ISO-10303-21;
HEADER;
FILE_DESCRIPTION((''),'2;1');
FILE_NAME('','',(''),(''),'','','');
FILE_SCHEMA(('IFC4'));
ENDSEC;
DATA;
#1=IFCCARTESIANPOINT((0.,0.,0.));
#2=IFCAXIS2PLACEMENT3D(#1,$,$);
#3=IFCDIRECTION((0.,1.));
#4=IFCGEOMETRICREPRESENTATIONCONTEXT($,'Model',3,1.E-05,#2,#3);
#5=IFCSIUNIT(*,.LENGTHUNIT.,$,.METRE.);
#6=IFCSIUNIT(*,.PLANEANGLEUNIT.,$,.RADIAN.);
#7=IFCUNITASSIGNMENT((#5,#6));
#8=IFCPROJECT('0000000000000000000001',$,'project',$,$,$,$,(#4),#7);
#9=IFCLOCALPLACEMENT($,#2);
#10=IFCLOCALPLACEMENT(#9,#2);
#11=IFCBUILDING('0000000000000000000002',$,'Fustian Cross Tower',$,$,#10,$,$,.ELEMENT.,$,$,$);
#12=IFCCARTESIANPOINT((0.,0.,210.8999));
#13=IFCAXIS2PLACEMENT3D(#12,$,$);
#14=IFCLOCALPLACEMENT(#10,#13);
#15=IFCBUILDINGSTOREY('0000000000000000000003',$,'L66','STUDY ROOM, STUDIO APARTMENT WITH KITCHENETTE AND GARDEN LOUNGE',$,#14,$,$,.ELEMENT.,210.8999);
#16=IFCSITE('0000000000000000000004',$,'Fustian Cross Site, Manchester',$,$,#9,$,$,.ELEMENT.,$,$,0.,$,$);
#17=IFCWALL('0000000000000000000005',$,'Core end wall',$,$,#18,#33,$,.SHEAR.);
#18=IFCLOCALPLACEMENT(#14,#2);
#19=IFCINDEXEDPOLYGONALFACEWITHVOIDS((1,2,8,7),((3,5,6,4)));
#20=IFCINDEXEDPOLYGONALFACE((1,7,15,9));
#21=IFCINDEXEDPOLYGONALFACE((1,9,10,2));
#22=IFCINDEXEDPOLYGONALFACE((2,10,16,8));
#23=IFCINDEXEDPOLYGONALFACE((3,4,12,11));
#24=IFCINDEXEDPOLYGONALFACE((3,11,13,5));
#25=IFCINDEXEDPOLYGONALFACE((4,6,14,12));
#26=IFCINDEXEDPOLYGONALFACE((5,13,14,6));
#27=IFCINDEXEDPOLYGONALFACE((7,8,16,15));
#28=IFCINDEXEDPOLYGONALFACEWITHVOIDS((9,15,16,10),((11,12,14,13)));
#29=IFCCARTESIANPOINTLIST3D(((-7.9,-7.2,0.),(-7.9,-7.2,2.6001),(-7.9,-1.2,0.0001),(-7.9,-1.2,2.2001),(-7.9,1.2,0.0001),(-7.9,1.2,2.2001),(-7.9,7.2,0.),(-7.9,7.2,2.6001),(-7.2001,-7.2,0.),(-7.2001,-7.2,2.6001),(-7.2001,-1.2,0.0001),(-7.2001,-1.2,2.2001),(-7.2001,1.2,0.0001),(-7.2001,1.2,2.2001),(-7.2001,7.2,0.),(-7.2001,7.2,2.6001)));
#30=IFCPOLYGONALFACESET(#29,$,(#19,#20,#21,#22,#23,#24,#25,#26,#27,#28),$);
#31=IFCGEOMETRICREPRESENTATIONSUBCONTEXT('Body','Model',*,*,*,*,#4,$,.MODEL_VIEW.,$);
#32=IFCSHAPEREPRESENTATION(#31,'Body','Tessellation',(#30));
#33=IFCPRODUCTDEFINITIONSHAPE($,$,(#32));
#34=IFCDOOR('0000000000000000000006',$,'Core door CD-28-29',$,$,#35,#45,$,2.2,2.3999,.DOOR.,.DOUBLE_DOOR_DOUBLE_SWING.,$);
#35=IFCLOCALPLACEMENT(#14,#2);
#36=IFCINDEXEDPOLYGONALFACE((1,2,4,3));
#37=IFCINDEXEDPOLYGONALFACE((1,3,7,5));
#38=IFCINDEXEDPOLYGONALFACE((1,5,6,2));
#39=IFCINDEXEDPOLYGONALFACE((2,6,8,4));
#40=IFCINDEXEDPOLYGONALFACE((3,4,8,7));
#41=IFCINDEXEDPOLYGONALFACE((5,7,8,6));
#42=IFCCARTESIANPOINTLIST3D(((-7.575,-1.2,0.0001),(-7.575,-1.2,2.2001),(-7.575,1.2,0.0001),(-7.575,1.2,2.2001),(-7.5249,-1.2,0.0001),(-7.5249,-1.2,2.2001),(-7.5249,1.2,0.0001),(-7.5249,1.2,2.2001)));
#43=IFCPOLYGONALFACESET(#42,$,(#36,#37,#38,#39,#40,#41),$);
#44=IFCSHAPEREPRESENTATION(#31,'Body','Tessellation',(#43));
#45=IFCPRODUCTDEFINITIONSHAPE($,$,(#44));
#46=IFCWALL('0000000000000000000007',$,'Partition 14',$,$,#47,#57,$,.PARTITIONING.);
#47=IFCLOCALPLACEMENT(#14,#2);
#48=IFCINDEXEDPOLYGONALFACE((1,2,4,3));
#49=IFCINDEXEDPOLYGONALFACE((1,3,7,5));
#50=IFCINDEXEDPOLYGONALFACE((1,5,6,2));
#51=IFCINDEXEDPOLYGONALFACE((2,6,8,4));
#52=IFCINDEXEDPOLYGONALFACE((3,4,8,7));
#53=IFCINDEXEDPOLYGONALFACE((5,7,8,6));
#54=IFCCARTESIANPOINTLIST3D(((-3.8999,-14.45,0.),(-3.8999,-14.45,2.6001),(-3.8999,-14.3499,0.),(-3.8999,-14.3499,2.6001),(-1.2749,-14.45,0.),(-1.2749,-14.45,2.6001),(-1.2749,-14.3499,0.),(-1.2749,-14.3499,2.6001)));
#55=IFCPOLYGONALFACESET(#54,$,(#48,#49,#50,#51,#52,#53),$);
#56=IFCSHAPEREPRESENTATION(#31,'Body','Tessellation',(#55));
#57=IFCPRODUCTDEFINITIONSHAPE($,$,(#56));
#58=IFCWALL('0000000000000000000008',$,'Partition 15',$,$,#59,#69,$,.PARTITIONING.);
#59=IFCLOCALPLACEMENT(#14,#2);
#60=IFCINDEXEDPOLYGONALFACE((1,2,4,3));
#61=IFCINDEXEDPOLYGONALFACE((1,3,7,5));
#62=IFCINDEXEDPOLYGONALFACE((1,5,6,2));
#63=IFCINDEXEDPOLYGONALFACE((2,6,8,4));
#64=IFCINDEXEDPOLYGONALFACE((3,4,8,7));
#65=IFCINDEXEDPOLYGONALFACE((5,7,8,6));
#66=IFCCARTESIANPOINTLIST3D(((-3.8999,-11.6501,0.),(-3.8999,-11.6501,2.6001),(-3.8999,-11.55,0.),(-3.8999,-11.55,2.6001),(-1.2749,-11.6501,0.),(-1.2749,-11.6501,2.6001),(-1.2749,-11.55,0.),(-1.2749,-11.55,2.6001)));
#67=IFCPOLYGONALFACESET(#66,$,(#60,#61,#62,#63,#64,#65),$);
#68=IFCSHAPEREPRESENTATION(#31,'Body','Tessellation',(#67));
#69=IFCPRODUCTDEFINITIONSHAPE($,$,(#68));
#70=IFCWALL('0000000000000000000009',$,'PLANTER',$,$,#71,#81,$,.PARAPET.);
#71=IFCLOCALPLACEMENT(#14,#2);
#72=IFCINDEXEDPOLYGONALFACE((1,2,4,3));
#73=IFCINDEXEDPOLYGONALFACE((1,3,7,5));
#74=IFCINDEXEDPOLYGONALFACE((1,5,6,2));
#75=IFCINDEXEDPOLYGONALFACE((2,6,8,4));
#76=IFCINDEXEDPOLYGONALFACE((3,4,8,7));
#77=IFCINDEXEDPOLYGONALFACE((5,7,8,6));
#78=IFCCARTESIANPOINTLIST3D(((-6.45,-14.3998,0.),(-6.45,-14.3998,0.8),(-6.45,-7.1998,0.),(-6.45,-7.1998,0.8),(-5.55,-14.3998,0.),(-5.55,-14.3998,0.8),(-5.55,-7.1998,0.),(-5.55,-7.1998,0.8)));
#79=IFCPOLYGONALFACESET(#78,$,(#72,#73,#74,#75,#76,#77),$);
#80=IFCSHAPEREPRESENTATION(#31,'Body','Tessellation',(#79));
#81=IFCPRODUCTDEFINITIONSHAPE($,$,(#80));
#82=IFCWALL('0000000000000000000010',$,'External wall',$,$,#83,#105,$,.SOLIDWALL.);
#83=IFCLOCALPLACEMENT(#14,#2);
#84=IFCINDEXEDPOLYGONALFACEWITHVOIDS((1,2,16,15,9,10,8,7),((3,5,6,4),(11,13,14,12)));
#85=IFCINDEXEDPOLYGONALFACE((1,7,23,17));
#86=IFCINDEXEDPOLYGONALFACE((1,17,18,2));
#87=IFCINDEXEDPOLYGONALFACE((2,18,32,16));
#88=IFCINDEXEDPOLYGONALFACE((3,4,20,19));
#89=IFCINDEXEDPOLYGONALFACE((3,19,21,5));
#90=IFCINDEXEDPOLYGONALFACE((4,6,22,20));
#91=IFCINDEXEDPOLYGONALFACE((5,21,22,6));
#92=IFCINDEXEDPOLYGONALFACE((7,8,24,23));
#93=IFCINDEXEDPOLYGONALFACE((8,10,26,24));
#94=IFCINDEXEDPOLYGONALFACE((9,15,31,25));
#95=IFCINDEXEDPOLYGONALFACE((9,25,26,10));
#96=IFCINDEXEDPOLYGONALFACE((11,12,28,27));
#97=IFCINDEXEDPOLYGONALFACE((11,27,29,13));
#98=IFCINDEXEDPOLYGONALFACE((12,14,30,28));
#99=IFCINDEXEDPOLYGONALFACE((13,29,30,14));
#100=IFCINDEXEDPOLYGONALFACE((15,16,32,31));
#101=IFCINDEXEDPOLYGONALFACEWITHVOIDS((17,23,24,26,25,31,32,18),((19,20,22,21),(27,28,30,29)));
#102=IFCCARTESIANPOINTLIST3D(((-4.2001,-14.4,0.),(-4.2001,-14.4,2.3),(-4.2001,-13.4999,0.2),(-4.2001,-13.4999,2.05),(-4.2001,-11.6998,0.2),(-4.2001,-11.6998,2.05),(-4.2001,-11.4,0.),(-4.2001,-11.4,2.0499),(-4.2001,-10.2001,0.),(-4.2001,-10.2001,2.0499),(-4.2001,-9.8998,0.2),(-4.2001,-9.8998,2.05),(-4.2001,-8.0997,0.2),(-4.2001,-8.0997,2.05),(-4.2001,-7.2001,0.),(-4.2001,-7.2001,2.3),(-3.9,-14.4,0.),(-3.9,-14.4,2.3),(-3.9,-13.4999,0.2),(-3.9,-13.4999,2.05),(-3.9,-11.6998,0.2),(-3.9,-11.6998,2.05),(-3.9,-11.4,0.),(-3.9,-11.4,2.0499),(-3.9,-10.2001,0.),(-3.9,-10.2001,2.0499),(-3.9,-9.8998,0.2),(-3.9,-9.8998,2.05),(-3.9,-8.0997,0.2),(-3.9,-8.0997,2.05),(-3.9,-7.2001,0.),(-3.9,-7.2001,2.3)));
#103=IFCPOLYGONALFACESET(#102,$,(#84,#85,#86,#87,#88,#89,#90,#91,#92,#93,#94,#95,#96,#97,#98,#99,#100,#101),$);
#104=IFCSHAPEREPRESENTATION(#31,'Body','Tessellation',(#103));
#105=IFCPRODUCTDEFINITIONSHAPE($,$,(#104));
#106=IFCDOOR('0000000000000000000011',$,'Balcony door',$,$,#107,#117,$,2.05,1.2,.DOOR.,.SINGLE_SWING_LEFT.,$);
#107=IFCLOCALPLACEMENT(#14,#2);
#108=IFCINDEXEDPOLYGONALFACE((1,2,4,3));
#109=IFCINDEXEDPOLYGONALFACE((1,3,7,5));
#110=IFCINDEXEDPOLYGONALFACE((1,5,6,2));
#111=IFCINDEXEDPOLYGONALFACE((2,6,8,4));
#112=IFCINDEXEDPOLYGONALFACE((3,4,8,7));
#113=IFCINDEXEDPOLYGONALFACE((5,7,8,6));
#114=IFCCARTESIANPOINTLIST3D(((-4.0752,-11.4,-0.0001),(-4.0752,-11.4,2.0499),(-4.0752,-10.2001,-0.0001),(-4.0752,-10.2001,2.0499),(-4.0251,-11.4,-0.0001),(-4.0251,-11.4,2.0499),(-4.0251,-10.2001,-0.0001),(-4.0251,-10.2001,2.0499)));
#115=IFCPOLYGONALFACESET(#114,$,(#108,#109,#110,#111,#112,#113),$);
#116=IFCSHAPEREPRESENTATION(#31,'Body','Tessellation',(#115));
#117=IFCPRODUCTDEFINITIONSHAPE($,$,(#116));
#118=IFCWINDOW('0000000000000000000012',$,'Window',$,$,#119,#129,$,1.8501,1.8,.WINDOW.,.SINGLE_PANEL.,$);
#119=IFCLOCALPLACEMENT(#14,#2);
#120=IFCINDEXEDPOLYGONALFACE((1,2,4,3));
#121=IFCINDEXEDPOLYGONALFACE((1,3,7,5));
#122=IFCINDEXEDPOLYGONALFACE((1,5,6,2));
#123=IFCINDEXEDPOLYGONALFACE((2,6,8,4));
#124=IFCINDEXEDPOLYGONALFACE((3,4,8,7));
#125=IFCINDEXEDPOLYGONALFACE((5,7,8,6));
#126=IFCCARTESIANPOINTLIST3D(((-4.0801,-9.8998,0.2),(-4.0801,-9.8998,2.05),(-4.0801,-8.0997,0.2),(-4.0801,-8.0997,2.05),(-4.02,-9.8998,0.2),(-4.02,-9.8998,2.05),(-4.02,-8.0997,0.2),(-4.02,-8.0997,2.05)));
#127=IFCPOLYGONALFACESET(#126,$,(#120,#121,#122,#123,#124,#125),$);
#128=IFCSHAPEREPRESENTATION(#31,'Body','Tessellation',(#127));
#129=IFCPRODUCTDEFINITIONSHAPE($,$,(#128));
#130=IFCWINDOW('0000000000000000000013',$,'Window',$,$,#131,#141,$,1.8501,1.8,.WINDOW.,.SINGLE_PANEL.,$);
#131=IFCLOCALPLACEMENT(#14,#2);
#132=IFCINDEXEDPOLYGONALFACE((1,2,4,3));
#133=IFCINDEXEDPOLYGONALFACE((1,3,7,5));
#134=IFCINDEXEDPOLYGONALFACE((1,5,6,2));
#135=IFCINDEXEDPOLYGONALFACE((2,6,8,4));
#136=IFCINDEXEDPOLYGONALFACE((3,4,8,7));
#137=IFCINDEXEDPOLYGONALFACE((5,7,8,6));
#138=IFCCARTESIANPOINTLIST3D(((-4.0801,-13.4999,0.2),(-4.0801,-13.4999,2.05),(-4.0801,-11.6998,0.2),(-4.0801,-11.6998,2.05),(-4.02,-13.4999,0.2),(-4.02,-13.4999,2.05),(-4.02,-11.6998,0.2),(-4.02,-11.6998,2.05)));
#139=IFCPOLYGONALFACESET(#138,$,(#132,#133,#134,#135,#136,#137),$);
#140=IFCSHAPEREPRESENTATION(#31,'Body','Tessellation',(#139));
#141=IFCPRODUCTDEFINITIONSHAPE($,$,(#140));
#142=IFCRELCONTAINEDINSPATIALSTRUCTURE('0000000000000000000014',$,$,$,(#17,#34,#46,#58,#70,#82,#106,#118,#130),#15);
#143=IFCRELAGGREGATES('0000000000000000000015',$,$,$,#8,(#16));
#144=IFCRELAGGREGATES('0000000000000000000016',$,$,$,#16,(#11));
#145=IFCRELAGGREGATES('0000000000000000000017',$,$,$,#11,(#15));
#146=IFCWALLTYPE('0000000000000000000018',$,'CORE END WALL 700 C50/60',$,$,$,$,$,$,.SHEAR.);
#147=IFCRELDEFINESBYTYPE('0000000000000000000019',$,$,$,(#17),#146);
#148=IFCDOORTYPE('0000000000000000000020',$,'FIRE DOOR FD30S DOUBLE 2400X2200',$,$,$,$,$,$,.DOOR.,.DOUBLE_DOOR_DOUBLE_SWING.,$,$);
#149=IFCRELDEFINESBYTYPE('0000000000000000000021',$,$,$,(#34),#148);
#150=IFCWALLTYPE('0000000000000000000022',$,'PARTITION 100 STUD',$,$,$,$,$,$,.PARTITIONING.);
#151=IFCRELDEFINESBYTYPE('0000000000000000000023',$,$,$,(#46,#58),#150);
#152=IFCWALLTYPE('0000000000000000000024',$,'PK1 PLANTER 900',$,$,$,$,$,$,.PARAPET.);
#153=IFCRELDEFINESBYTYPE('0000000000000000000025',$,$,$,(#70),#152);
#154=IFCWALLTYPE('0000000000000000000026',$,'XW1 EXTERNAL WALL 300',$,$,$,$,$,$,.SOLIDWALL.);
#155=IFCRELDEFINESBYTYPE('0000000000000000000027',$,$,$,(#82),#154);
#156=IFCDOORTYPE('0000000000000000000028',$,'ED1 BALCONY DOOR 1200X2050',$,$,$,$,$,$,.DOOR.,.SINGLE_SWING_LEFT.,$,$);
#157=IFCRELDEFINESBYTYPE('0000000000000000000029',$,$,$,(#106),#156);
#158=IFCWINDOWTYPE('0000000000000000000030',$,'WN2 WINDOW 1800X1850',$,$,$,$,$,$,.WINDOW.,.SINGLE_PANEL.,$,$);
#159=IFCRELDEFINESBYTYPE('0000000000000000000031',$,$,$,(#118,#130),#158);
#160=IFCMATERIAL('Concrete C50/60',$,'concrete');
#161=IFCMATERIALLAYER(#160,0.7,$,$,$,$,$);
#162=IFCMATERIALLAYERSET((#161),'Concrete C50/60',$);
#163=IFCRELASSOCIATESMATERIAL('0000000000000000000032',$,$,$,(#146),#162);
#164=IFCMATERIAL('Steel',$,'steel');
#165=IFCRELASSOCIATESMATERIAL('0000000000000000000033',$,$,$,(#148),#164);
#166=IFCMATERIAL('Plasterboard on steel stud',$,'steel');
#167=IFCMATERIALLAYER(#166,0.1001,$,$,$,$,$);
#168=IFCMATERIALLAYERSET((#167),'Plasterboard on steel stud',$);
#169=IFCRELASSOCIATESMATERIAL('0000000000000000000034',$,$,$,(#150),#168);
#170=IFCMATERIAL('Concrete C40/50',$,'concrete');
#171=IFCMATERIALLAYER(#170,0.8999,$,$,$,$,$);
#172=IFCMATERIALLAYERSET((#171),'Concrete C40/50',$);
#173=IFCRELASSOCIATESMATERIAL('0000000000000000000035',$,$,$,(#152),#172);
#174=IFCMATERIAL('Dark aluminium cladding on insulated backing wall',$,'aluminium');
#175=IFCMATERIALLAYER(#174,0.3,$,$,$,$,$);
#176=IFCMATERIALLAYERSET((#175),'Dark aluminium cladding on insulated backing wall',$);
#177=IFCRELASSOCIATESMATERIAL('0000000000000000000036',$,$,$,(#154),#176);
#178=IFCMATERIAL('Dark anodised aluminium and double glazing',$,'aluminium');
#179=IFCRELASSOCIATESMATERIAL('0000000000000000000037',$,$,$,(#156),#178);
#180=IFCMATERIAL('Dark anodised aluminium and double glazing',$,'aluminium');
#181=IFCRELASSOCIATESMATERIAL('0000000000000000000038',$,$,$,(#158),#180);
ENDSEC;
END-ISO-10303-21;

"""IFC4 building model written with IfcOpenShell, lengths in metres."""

from ifc_helpers import new_model, si_unit, direction, frame, frame_2d, origin, place, context, subcontext, project, spatial, rectangle, extrude, material, layer, layer_set, type_object, element, fill, save


model = new_model("IFC4")

# Units and contexts
model_context = context("Model", 3, precision=1e-05, world=origin(), true_north=direction((0.0, 1.0)))
body_context = subcontext(model_context, "Body", "Model", "MODEL_VIEW")
ifc_project = project(units=[si_unit("LENGTHUNIT", "METRE"), si_unit("PLANEANGLEUNIT", "RADIAN")], contexts=[model_context])

# Site, building, storey
site_placement = place(None, origin())
site = spatial("IfcSite", under=ifc_project, at=site_placement, Name="Fustian Cross Site, Manchester", CompositionType="ELEMENT", RefElevation=0.0)
building_placement = place(site_placement, origin())
building = spatial("IfcBuilding", under=site, at=building_placement, Name="Fustian Cross Tower", CompositionType="ELEMENT")
storey_placement = place(building_placement, frame((0.0, 0.0, 210.8999)))
storey = spatial("IfcBuildingStorey", under=building, at=storey_placement, Name="L66", Description="STUDY ROOM, STUDIO APARTMENT WITH KITCHENETTE AND GARDEN LOUNGE", CompositionType="ELEMENT", Elevation=210.8999)

# Wall, opening, door
ifc_material_1 = material(Name="Concrete C50/60", Category="concrete")
ifc_layer_1 = layer(ifc_material_1, 0.7)
ifc_layer_set_1 = layer_set([ifc_layer_1], Name="Concrete C50/60")
wall_type_1 = type_object("IfcWallType", Name="CORE END WALL 700 C50/60", PredefinedType="SHEAR", material=ifc_layer_set_1)
wall_1_placement = place(storey_placement, frame((-7.55, -7.2, 0.0), z_axis=(0.0, 0.0, 1.0), x_axis=(0.0, 1.0, 0.0)))
wall_1 = element("IfcWall", 1, at=wall_1_placement, inside=storey, type_object=wall_type_1, Name="Core end wall", PredefinedType="SHEAR", context=body_context, shape_type="SweptSolid", body=[
    extrude(rectangle(XDim=14.3999, YDim=0.7, at=frame_2d((7.2, 0.0))), origin(), (0.0, 0.0, 1.0), 2.6001),
])
opening_1_placement = place(wall_1_placement, frame((6.0, 0.0, 0.0)))
opening_1 = element("IfcOpeningElement", 2, at=opening_1_placement, cuts=wall_1, PredefinedType="OPENING", context=body_context, shape_type="SweptSolid", body=[
    extrude(rectangle(XDim=2.3999, YDim=2.2, at=frame_2d((1.2, 1.1001))), frame((0.0, 0.3599, 0.0), z_axis=(0.0, -1.0, 0.0), x_axis=(1.0, 0.0, 0.0)), (0.0, 0.0, 1.0), 0.72),
])
ifc_material_2 = material(Name="Steel", Category="steel")
door_type_1 = type_object("IfcDoorType", Name="FIRE DOOR FD30S DOUBLE 2400X2200", OperationType="DOUBLE_DOOR_DOUBLE_SWING", PredefinedType="DOOR", material=ifc_material_2)
door_1_placement = place(opening_1_placement, origin())
door_1 = element("IfcDoor", 3, at=door_1_placement, inside=storey, type_object=door_type_1, Name="Core door CD-28-29", OperationType="DOUBLE_DOOR_DOUBLE_SWING", OverallHeight=2.2, OverallWidth=2.3999, PredefinedType="DOOR", context=body_context, shape_type="SweptSolid", body=[
    extrude(rectangle(XDim=2.3999, YDim=2.2, at=frame_2d((1.2, 1.1001))), frame((0.0, 0.0249, 0.0), z_axis=(0.0, -1.0, 0.0), x_axis=(1.0, 0.0, 0.0)), (0.0, 0.0, 1.0), 0.05),
])
fill(opening_1, door_1)

# Walls
ifc_material_3 = material(Name="Plasterboard on steel stud", Category="steel")
ifc_layer_2 = layer(ifc_material_3, 0.1001)
ifc_layer_set_2 = layer_set([ifc_layer_2], Name="Plasterboard on steel stud")
wall_type_2 = type_object("IfcWallType", Name="PARTITION 100 STUD", PredefinedType="PARTITIONING", material=ifc_layer_set_2)
for number, where, z_axis, x_axis, name in (
    (4, (-3.8999, -14.3999, 0.0), (0.0, 0.0, 1.0), (1.0, 0.0, 0.0), "Partition 14"),
    (5, (-3.8999, -11.6001, 0.0), (0.0, 0.0, 1.0), (1.0, 0.0, 0.0), "Partition 15"),
):
    element("IfcWall", number, at=place(storey_placement, frame(where, z_axis=z_axis, x_axis=x_axis)), inside=storey, type_object=wall_type_2, Name=name, PredefinedType="PARTITIONING", context=body_context, shape_type="SweptSolid", body=[
        extrude(rectangle(XDim=2.625, YDim=0.1001, at=frame_2d((1.3125, 0.0))), origin(), (0.0, 0.0, 1.0), 2.6001),
    ])
ifc_material_4 = material(Name="Concrete C40/50", Category="concrete")
ifc_layer_3 = layer(ifc_material_4, 0.8999)
ifc_layer_set_3 = layer_set([ifc_layer_3], Name="Concrete C40/50")
wall_type_3 = type_object("IfcWallType", Name="PK1 PLANTER 900", PredefinedType="PARAPET", material=ifc_layer_set_3)
wall_2_placement = place(storey_placement, frame((-6.0, -14.3999, 0.0), z_axis=(0.0, 0.0, 1.0), x_axis=(0.0, 1.0, 0.0)))
element("IfcWall", 6, at=wall_2_placement, inside=storey, type_object=wall_type_3, Name="PLANTER", PredefinedType="PARAPET", context=body_context, shape_type="SweptSolid", body=[
    extrude(rectangle(XDim=7.2, YDim=0.8999, at=frame_2d((3.6001, 0.0))), origin(), (0.0, 0.0, 1.0), 0.8),
])

# Wall, openings, door, windows
ifc_material_5 = material(Name="Dark aluminium cladding on insulated backing wall", Category="aluminium")
ifc_layer_4 = layer(ifc_material_5, 0.3)
ifc_layer_set_4 = layer_set([ifc_layer_4], Name="Dark aluminium cladding on insulated backing wall")
wall_type_4 = type_object("IfcWallType", Name="XW1 EXTERNAL WALL 300", PredefinedType="SOLIDWALL", material=ifc_layer_set_4)
wall_3_placement = place(storey_placement, frame((-4.05, -7.2, 0.0), z_axis=(0.0, 0.0, 1.0), x_axis=(0.0, -1.0, 0.0)))
wall_3 = element("IfcWall", 7, at=wall_3_placement, inside=storey, type_object=wall_type_4, Name="External wall", PredefinedType="SOLIDWALL", context=body_context, shape_type="SweptSolid", body=[
    extrude(rectangle(XDim=7.2, YDim=0.3, at=frame_2d((3.6001, 0.0))), origin(), (0.0, 0.0, 1.0), 2.3),
])
opening_2_placement = place(wall_3_placement, frame((3.0, 0.0, 0.0)))
opening_2 = element("IfcOpeningElement", 8, at=opening_2_placement, cuts=wall_3, PredefinedType="OPENING", context=body_context, shape_type="SweptSolid", body=[
    extrude(rectangle(XDim=1.2, YDim=2.05, at=frame_2d((0.6001, 1.0249))), frame((0.0, 0.1599, 0.0), z_axis=(0.0, -1.0, 0.0), x_axis=(1.0, 0.0, 0.0)), (0.0, 0.0, 1.0), 0.3201),
])
opening_3_placement = place(wall_3_placement, frame((0.8999, 0.0, 0.2)))
opening_3 = element("IfcOpeningElement", 9, at=opening_3_placement, cuts=wall_3, PredefinedType="OPENING", context=body_context, shape_type="SweptSolid", body=[
    extrude(rectangle(XDim=1.8, YDim=1.8501, at=frame_2d((0.8999, 0.925))), frame((0.0, 0.1599, 0.0), z_axis=(0.0, -1.0, 0.0), x_axis=(1.0, 0.0, 0.0)), (0.0, 0.0, 1.0), 0.3201),
])
opening_4_placement = place(wall_3_placement, frame((4.5, 0.0, 0.2)))
opening_4 = element("IfcOpeningElement", 10, at=opening_4_placement, cuts=wall_3, PredefinedType="OPENING", context=body_context, shape_type="SweptSolid", body=[
    extrude(rectangle(XDim=1.8, YDim=1.8501, at=frame_2d((0.8999, 0.925))), frame((0.0, 0.1599, 0.0), z_axis=(0.0, -1.0, 0.0), x_axis=(1.0, 0.0, 0.0)), (0.0, 0.0, 1.0), 0.3201),
])
ifc_material_6 = material(Name="Dark anodised aluminium and double glazing", Category="aluminium")
door_type_2 = type_object("IfcDoorType", Name="ED1 BALCONY DOOR 1200X2050", OperationType="SINGLE_SWING_LEFT", PredefinedType="DOOR", material=ifc_material_6)
door_2_placement = place(opening_2_placement, origin())
door_2 = element("IfcDoor", 11, at=door_2_placement, inside=storey, type_object=door_type_2, Name="Balcony door", OperationType="SINGLE_SWING_LEFT", OverallHeight=2.05, OverallWidth=1.2, PredefinedType="DOOR", context=body_context, shape_type="SweptSolid", body=[
    extrude(rectangle(XDim=1.2, YDim=2.05, at=frame_2d((0.6001, 1.0249))), frame((0.0, 0.0249, 0.0), z_axis=(0.0, -1.0, 0.0), x_axis=(1.0, 0.0, 0.0)), (0.0, 0.0, 1.0), 0.05),
])
fill(opening_2, door_2)
ifc_material_7 = material(Name="Dark anodised aluminium and double glazing", Category="aluminium")
window_type = type_object("IfcWindowType", Name="WN2 WINDOW 1800X1850", PartitioningType="SINGLE_PANEL", PredefinedType="WINDOW", material=ifc_material_7)
window_1_placement = place(opening_3_placement, origin())
window_1 = element("IfcWindow", 12, at=window_1_placement, inside=storey, type_object=window_type, Name="Window", OverallHeight=1.8501, OverallWidth=1.8, PartitioningType="SINGLE_PANEL", PredefinedType="WINDOW", context=body_context, shape_type="SweptSolid", body=[
    extrude(rectangle(XDim=1.8, YDim=1.8501, at=frame_2d((0.8999, 0.925))), frame((0.0, 0.03, 0.0), z_axis=(0.0, -1.0, 0.0), x_axis=(1.0, 0.0, 0.0)), (0.0, 0.0, 1.0), 0.0601),
])
fill(opening_3, window_1)
window_2_placement = place(opening_4_placement, origin())
window_2 = element("IfcWindow", 13, at=window_2_placement, inside=storey, type_object=window_type, Name="Window", OverallHeight=1.8501, OverallWidth=1.8, PartitioningType="SINGLE_PANEL", PredefinedType="WINDOW", context=body_context, shape_type="SweptSolid", body=[
    extrude(rectangle(XDim=1.8, YDim=1.8501, at=frame_2d((0.8999, 0.925))), frame((0.0, 0.03, 0.0), z_axis=(0.0, -1.0, 0.0), x_axis=(1.0, 0.0, 0.0)), (0.0, 0.0, 1.0), 0.0601),
])
fill(opening_4, window_2)

save(model, "model.ifc")
